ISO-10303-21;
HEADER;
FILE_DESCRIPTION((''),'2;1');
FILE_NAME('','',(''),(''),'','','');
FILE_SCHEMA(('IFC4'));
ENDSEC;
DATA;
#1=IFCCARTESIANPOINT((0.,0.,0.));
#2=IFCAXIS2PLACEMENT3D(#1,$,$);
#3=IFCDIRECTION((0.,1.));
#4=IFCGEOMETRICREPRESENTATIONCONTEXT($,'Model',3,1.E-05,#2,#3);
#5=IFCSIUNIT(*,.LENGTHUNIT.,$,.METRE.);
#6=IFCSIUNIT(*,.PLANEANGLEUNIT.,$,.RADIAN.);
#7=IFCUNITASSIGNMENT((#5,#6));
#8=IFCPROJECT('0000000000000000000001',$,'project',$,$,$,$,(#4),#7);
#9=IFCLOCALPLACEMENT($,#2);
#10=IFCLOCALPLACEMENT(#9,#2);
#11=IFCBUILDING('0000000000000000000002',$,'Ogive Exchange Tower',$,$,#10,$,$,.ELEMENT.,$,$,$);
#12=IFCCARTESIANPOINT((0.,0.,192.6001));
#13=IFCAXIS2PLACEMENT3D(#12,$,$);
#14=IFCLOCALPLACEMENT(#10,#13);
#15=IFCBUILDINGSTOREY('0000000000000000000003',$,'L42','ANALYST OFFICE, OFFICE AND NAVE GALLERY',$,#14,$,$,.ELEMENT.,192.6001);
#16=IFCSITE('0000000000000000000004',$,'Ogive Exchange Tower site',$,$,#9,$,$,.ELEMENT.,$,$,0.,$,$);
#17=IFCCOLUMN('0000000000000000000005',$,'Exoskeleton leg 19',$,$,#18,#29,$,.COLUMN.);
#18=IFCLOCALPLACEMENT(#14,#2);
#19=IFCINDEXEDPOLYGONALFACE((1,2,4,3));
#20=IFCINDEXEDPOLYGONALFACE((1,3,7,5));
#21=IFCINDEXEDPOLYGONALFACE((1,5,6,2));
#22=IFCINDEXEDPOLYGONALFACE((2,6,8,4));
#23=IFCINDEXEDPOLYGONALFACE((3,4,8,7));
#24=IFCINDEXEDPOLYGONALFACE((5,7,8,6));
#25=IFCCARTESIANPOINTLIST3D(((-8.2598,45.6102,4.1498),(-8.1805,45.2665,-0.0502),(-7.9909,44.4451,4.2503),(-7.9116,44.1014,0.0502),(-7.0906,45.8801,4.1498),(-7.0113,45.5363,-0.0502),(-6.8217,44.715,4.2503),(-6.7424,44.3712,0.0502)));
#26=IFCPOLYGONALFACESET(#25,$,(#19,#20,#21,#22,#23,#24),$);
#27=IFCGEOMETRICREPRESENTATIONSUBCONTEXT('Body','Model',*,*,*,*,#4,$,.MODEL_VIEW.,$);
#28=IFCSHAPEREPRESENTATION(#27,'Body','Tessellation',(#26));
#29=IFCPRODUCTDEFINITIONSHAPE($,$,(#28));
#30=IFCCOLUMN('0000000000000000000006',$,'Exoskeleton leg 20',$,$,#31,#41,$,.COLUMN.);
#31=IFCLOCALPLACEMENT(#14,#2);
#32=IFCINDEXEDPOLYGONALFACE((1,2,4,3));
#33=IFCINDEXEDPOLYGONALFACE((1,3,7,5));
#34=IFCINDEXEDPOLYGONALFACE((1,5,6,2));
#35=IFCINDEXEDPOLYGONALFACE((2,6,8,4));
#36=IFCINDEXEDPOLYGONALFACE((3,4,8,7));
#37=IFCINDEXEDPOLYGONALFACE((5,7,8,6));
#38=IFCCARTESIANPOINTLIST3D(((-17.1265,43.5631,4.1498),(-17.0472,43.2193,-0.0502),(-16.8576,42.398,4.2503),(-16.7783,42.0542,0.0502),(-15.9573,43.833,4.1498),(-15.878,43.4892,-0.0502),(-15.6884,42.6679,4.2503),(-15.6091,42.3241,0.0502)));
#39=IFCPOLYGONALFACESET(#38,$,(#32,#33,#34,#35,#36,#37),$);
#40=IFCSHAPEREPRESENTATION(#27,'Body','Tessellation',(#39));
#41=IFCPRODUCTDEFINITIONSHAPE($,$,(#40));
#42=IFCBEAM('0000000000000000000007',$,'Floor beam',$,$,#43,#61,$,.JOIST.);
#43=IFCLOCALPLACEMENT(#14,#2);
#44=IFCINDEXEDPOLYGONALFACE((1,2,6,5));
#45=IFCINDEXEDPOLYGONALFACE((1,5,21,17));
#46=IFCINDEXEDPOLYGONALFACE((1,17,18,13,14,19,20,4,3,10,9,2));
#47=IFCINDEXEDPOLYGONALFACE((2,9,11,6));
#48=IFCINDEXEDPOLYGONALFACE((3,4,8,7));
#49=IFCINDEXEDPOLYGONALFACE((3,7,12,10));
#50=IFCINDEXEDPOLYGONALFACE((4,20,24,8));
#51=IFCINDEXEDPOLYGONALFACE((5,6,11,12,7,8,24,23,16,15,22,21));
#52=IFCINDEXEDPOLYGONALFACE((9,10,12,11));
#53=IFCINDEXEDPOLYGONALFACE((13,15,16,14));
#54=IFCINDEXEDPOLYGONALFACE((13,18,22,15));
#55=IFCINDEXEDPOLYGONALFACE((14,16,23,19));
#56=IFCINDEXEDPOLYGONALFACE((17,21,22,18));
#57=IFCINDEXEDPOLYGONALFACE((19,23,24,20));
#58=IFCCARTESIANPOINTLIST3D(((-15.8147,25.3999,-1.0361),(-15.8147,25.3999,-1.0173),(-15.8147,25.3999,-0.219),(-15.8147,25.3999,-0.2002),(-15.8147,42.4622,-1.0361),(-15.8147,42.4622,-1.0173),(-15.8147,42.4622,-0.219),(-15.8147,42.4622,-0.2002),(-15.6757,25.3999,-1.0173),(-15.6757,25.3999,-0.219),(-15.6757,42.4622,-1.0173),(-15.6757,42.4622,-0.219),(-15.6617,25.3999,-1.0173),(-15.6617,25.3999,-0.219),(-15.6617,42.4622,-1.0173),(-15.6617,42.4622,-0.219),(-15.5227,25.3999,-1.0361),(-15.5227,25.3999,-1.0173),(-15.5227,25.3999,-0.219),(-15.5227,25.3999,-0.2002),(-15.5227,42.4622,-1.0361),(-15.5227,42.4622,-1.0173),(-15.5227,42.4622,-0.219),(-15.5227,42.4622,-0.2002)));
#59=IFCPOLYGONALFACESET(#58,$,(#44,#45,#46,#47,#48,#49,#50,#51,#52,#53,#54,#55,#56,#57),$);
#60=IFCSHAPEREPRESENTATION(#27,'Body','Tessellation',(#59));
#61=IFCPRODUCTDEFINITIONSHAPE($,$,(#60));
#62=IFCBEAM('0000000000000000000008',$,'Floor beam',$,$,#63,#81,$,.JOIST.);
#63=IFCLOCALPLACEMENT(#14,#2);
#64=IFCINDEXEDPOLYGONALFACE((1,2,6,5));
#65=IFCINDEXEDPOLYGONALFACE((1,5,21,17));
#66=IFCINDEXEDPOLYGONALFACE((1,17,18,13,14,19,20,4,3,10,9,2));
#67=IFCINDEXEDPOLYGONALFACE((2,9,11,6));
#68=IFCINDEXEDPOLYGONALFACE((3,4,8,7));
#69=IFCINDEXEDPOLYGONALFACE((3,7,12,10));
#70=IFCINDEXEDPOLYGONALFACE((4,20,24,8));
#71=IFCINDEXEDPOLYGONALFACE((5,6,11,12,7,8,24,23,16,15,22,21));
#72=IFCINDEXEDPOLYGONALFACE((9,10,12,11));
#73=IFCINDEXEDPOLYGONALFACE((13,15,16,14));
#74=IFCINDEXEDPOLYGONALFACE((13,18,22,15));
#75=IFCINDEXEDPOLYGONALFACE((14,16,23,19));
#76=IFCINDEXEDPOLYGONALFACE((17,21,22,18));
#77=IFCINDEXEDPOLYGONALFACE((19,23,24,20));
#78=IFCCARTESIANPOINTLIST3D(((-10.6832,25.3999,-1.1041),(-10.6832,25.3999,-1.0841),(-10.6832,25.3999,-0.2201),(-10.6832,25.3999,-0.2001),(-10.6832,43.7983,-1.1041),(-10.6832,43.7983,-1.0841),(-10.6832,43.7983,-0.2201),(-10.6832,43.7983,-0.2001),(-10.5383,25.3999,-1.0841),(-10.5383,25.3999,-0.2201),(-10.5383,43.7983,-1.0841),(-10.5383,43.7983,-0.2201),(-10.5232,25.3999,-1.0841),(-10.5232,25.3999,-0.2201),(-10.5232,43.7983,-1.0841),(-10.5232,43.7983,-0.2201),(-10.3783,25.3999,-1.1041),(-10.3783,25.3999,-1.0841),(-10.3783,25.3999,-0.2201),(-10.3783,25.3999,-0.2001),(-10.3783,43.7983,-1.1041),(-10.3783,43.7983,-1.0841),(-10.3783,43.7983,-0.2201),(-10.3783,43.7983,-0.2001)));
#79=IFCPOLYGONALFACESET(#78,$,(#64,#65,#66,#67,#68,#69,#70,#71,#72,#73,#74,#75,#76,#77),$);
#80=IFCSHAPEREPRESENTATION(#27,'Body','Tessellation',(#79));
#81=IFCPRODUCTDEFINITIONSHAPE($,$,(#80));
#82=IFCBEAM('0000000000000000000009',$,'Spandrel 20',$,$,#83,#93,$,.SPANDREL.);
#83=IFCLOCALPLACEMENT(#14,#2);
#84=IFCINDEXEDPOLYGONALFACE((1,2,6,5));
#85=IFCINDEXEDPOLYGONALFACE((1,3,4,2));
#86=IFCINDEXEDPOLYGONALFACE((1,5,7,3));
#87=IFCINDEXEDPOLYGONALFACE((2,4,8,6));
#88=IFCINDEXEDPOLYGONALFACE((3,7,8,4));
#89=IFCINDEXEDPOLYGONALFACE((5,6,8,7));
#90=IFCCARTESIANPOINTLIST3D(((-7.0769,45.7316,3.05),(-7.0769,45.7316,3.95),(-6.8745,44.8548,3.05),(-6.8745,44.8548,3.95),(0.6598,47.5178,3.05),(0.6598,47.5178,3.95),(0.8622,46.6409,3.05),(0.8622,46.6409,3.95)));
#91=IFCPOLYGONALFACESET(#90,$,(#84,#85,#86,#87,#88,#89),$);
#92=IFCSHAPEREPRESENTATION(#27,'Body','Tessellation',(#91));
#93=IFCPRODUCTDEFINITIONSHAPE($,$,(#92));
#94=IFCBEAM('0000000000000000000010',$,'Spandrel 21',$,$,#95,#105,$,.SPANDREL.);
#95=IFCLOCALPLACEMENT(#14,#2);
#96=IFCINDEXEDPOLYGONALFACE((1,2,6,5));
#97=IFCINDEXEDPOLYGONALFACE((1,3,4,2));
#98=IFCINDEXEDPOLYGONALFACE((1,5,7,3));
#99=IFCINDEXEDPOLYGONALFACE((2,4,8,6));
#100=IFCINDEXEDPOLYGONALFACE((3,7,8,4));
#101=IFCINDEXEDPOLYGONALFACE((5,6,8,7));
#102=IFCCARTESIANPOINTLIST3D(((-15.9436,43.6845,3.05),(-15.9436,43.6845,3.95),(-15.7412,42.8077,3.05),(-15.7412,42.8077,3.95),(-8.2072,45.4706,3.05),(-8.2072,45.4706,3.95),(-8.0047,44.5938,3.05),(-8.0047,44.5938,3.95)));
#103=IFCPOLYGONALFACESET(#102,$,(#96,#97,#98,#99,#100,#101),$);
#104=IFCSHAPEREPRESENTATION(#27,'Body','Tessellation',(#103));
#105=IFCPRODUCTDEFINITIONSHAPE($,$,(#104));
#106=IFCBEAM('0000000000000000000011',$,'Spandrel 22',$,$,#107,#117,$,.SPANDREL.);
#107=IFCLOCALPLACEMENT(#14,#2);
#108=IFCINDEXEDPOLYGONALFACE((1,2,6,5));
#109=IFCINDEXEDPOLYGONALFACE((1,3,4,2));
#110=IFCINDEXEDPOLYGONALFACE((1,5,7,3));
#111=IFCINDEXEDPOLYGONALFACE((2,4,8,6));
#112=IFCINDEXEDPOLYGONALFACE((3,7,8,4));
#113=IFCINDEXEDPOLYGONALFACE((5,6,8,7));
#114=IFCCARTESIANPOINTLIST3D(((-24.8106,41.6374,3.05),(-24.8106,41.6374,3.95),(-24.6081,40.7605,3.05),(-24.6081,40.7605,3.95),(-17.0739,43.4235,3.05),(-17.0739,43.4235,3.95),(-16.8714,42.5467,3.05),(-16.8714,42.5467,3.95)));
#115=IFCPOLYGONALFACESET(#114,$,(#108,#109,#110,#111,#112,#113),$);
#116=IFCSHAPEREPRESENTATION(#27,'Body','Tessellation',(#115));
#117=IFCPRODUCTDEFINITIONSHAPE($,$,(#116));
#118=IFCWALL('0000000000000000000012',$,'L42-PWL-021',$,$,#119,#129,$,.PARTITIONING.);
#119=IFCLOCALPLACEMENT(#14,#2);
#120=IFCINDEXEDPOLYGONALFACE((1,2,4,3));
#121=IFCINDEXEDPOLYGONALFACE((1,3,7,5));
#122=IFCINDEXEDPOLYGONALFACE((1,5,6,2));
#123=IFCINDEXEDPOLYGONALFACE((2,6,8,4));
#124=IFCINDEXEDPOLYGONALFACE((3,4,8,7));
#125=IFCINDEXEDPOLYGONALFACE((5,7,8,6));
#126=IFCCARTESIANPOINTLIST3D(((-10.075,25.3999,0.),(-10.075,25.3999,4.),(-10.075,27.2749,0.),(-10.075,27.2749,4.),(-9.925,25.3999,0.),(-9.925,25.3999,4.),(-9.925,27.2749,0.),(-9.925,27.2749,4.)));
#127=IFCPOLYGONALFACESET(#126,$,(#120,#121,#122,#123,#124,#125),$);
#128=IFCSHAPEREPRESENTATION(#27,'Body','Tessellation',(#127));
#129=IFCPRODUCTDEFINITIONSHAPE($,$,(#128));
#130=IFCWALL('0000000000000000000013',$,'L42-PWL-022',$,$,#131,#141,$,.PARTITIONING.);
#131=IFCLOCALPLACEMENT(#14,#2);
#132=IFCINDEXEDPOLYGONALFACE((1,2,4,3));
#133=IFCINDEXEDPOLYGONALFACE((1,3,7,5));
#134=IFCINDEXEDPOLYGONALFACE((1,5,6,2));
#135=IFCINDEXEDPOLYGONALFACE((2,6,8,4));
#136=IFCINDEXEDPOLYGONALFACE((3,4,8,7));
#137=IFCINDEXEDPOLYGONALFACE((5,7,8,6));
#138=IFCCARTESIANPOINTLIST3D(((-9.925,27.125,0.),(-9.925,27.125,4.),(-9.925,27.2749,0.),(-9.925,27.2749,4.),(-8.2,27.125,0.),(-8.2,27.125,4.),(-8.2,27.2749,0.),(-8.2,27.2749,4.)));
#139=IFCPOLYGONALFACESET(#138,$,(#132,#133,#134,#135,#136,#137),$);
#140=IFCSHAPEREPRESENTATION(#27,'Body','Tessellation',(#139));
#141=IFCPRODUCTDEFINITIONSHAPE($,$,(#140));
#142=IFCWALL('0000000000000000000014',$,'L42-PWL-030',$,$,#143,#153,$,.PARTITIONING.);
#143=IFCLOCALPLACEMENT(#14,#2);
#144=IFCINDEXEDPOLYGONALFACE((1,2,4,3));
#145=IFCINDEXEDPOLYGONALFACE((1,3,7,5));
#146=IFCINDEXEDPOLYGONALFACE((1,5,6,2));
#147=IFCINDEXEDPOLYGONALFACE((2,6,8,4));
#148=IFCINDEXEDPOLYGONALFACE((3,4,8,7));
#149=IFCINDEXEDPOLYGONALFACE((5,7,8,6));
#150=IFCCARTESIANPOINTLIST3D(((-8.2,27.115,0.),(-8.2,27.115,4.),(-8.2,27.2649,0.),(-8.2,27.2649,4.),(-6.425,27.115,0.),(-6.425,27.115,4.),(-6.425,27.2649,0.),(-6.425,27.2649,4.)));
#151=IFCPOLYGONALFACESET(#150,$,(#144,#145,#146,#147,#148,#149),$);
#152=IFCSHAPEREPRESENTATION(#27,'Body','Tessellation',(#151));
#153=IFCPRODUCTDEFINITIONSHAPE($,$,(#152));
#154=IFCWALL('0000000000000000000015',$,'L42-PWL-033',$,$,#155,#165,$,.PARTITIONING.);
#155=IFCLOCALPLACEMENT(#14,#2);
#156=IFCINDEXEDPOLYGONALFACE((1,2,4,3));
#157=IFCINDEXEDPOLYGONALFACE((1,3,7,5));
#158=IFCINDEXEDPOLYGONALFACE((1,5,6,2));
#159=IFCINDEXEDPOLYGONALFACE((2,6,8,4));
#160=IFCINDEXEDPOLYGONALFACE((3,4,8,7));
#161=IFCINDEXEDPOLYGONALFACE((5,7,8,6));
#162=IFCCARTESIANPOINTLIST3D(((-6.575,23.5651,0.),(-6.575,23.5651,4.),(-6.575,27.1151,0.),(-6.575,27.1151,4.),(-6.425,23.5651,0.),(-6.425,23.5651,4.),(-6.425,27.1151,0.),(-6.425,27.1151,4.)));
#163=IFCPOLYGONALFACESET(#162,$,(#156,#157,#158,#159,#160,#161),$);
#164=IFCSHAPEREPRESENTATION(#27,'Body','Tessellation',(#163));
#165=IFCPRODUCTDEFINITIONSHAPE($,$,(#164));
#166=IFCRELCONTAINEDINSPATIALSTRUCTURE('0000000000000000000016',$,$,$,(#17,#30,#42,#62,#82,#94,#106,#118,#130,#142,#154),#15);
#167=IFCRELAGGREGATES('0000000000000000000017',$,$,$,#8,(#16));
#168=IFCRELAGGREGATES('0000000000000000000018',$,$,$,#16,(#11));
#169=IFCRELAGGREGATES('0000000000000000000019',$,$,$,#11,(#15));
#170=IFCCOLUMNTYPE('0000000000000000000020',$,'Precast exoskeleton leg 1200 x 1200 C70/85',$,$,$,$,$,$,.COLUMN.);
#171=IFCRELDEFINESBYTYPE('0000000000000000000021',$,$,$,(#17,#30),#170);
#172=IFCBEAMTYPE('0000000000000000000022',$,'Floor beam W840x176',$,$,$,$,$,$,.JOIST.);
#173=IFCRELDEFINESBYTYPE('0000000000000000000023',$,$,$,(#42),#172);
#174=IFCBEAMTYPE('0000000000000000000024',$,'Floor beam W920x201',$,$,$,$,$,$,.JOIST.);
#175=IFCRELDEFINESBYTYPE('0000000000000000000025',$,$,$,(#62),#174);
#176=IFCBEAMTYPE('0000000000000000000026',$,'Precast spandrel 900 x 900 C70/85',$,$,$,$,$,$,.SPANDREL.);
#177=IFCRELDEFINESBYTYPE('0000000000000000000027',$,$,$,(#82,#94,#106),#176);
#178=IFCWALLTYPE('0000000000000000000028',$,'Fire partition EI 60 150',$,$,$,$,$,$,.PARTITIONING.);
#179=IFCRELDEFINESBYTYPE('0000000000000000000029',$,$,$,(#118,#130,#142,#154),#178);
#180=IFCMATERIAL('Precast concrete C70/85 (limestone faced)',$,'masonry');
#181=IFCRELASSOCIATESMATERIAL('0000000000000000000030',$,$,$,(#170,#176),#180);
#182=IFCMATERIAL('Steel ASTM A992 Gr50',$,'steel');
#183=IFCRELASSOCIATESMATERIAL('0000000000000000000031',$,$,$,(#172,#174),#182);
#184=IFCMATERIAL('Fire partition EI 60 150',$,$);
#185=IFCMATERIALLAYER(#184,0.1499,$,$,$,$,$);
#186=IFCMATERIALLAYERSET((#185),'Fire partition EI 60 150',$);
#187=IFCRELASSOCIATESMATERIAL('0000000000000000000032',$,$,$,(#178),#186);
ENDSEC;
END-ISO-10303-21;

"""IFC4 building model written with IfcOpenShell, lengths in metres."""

from ifc_helpers import new_model, si_unit, direction, frame, frame_2d, origin, origin_2d, place, context, subcontext, project, spatial, rectangle, i_section, extrude, material, layer, layer_set, material_profile, profile_set, type_object, element, save


model = new_model("IFC4")

# Units and contexts
model_context = context("Model", 3, precision=1e-05, world=origin(), true_north=direction((0.0, 1.0)))
body_context = subcontext(model_context, "Body", "Model", "MODEL_VIEW")
ifc_project = project(units=[si_unit("LENGTHUNIT", "METRE"), si_unit("PLANEANGLEUNIT", "RADIAN")], contexts=[model_context])

# Site, building, storey
site_placement = place(None, origin())
site = spatial("IfcSite", under=ifc_project, at=site_placement, Name="Ogive Exchange Tower site", CompositionType="ELEMENT", RefElevation=0.0)
building_placement = place(site_placement, origin())
building = spatial("IfcBuilding", under=site, at=building_placement, Name="Ogive Exchange Tower", CompositionType="ELEMENT")
storey_placement = place(building_placement, frame((0.0, 0.0, 192.6001)))
storey = spatial("IfcBuildingStorey", under=building, at=storey_placement, Name="L42", Description="ANALYST OFFICE, OFFICE AND NAVE GALLERY", CompositionType="ELEMENT", Elevation=192.6001)

# Columns
ifc_material_1 = material(Name="Precast concrete C70/85 (limestone faced)", Category="masonry")
ifc_material_profile_1 = material_profile(ifc_material_1, rectangle(XDim=1.2, YDim=1.2, at=origin_2d()), Name="1200 x 1200")
ifc_profile_set_1 = profile_set([ifc_material_profile_1], Name="Precast concrete C70/85 (limestone faced)")
column_type = type_object("IfcColumnType", Name="Precast exoskeleton leg 1200 x 1200 C70/85", PredefinedType="COLUMN", material=ifc_profile_set_1)
for number, where, z_axis, x_axis, name in (
    (1, (-7.4614, 44.8188, 0.0), (-0.018826, 0.081559, 0.996491), (-0.97438, -0.22491, 0.0), "Exoskeleton leg 19"),
    (2, (-16.3281, 42.7717, 0.0), (-0.018826, 0.081559, 0.996491), (-0.97438, -0.22491, 0.0), "Exoskeleton leg 20"),
):
    element("IfcColumn", number, at=place(storey_placement, frame(where, z_axis=z_axis, x_axis=x_axis)), inside=storey, type_object=column_type, Name=name, PredefinedType="COLUMN", context=body_context, shape_type="SweptSolid", body=[
        extrude(rectangle(XDim=1.2, YDim=1.2, at=origin_2d()), origin(), (0.0, 0.0, 1.0), 4.2148),
    ])

# Beams
ifc_material_2 = material(Name="Steel ASTM A992 Gr50", Category="steel")
ifc_material_profile_2 = material_profile(ifc_material_2, i_section(OverallWidth=0.292, OverallDepth=0.8359, WebThickness=0.0139, FlangeThickness=0.0188, at=origin_2d()), Name="W840x176")
ifc_profile_set_2 = profile_set([ifc_material_profile_2], Name="Steel ASTM A992 Gr50")
beam_type_1 = type_object("IfcBeamType", Name="Floor beam W840x176", PredefinedType="JOIST", material=ifc_profile_set_2)
beam_1_placement = place(storey_placement, frame((-15.6687, 25.3999, -0.6182), z_axis=(0.0, 1.0, 0.0), x_axis=(-1.0, 0.0, 0.0)))
element("IfcBeam", 3, at=beam_1_placement, inside=storey, type_object=beam_type_1, Name="Floor beam", PredefinedType="JOIST", context=body_context, shape_type="SweptSolid", body=[
    extrude(i_section(OverallWidth=0.292, OverallDepth=0.8359, WebThickness=0.0139, FlangeThickness=0.0188, at=origin_2d()), origin(), (0.0, 0.0, 1.0), 17.0623),
])
ifc_material_profile_3 = material_profile(ifc_material_2, i_section(OverallWidth=0.3049, OverallDepth=0.9041, WebThickness=0.0151, FlangeThickness=0.02, at=origin_2d()), Name="W920x201")
ifc_profile_set_3 = profile_set([ifc_material_profile_3], Name="Steel ASTM A992 Gr50")
beam_type_2 = type_object("IfcBeamType", Name="Floor beam W920x201", PredefinedType="JOIST", material=ifc_profile_set_3)
beam_2_placement = place(storey_placement, frame((-10.5308, 25.3999, -0.6521), z_axis=(0.0, 1.0, 0.0), x_axis=(-1.0, 0.0, 0.0)))
element("IfcBeam", 4, at=beam_2_placement, inside=storey, type_object=beam_type_2, Name="Floor beam", PredefinedType="JOIST", context=body_context, shape_type="SweptSolid", body=[
    extrude(i_section(OverallWidth=0.3049, OverallDepth=0.9041, WebThickness=0.0151, FlangeThickness=0.02, at=origin_2d()), origin(), (0.0, 0.0, 1.0), 18.3984),
])
ifc_material_profile_4 = material_profile(ifc_material_1, rectangle(XDim=0.8999, YDim=0.8999, at=origin_2d()), Name="900 x 900")
ifc_profile_set_4 = profile_set([ifc_material_profile_4], Name="Precast concrete C70/85 (limestone faced)")
beam_type_3 = type_object("IfcBeamType", Name="Precast spandrel 900 x 900 C70/85", PredefinedType="SPANDREL", material=ifc_profile_set_4)
beam_3_placement = place(storey_placement, frame((0.761, 47.0793, 3.5), z_axis=(-0.97437, -0.224952, 0.0), x_axis=(0.224952, -0.97437, 0.0)))
element("IfcBeam", 5, at=beam_3_placement, inside=storey, type_object=beam_type_3, Name="Spandrel 20", PredefinedType="SPANDREL", context=body_context, shape_type="SweptSolid", body=[
    extrude(rectangle(XDim=0.8999, YDim=0.8999, at=origin_2d()), origin(), (0.0, 0.0, 1.0), 7.9402),
])
beam_4_placement = place(storey_placement, frame((-8.106, 45.0322, 3.5), z_axis=(-0.974368, -0.224958, 0.0), x_axis=(0.224958, -0.974368, 0.0)))
element("IfcBeam", 6, at=beam_4_placement, inside=storey, type_object=beam_type_3, Name="Spandrel 21", PredefinedType="SPANDREL", context=body_context, shape_type="SweptSolid", body=[
    extrude(rectangle(XDim=0.8999, YDim=0.8999, at=origin_2d()), origin(), (0.0, 0.0, 1.0), 7.9399),
])
beam_5_placement = place(storey_placement, frame((-16.9727, 42.9851, 3.5), z_axis=(-0.97437, -0.224952, 0.0), x_axis=(0.224952, -0.97437, 0.0)))
element("IfcBeam", 7, at=beam_5_placement, inside=storey, type_object=beam_type_3, Name="Spandrel 22", PredefinedType="SPANDREL", context=body_context, shape_type="SweptSolid", body=[
    extrude(rectangle(XDim=0.8999, YDim=0.8999, at=origin_2d()), origin(), (0.0, 0.0, 1.0), 7.9402),
])

# Walls
ifc_material_3 = material(Name="Fire partition EI 60 150")
ifc_layer_1 = layer(ifc_material_3, 0.1499)
ifc_layer_set_1 = layer_set([ifc_layer_1], Name="Fire partition EI 60 150")
wall_type_1 = type_object("IfcWallType", Name="Fire partition EI 60 150", PredefinedType="PARTITIONING", material=ifc_layer_set_1)
wall_1_placement = place(storey_placement, frame((-10.0, 25.3999, 0.0), z_axis=(0.0, 0.0, 1.0), x_axis=(0.0, 1.0, 0.0)))
element("IfcWall", 8, at=wall_1_placement, inside=storey, type_object=wall_type_1, Name="L42-PWL-021", PredefinedType="PARTITIONING", context=body_context, shape_type="SweptSolid", body=[
    extrude(rectangle(XDim=1.875, YDim=0.1499, at=frame_2d((0.9375, 0.0))), origin(), (0.0, 0.0, 1.0), 4.0),
])
wall_2_placement = place(storey_placement, frame((-9.925, 27.2, 0.0), z_axis=(0.0, 0.0, 1.0), x_axis=(1.0, 0.0, 0.0)))
element("IfcWall", 9, at=wall_2_placement, inside=storey, type_object=wall_type_1, Name="L42-PWL-022", PredefinedType="PARTITIONING", context=body_context, shape_type="SweptSolid", body=[
    extrude(rectangle(XDim=1.7251, YDim=0.1499, at=frame_2d((0.8625, 0.0))), origin(), (0.0, 0.0, 1.0), 4.0),
])
wall_3_placement = place(storey_placement, frame((-8.2, 27.1899, 0.0), z_axis=(0.0, 0.0, 1.0), x_axis=(1.0, 0.0, 0.0)))
element("IfcWall", 10, at=wall_3_placement, inside=storey, type_object=wall_type_1, Name="L42-PWL-030", PredefinedType="PARTITIONING", context=body_context, shape_type="SweptSolid", body=[
    extrude(rectangle(XDim=1.7749, YDim=0.1499, at=frame_2d((0.8875, 0.0))), origin(), (0.0, 0.0, 1.0), 4.0),
])
wall_4_placement = place(storey_placement, frame((-6.5, 27.115, 0.0), z_axis=(0.0, 0.0, 1.0), x_axis=(0.0, -1.0, 0.0)))
element("IfcWall", 11, at=wall_4_placement, inside=storey, type_object=wall_type_1, Name="L42-PWL-033", PredefinedType="PARTITIONING", context=body_context, shape_type="SweptSolid", body=[
    extrude(rectangle(XDim=3.55, YDim=0.1499, at=frame_2d((1.7749, 0.0))), origin(), (0.0, 0.0, 1.0), 4.0),
])

save(model, "model.ifc")
